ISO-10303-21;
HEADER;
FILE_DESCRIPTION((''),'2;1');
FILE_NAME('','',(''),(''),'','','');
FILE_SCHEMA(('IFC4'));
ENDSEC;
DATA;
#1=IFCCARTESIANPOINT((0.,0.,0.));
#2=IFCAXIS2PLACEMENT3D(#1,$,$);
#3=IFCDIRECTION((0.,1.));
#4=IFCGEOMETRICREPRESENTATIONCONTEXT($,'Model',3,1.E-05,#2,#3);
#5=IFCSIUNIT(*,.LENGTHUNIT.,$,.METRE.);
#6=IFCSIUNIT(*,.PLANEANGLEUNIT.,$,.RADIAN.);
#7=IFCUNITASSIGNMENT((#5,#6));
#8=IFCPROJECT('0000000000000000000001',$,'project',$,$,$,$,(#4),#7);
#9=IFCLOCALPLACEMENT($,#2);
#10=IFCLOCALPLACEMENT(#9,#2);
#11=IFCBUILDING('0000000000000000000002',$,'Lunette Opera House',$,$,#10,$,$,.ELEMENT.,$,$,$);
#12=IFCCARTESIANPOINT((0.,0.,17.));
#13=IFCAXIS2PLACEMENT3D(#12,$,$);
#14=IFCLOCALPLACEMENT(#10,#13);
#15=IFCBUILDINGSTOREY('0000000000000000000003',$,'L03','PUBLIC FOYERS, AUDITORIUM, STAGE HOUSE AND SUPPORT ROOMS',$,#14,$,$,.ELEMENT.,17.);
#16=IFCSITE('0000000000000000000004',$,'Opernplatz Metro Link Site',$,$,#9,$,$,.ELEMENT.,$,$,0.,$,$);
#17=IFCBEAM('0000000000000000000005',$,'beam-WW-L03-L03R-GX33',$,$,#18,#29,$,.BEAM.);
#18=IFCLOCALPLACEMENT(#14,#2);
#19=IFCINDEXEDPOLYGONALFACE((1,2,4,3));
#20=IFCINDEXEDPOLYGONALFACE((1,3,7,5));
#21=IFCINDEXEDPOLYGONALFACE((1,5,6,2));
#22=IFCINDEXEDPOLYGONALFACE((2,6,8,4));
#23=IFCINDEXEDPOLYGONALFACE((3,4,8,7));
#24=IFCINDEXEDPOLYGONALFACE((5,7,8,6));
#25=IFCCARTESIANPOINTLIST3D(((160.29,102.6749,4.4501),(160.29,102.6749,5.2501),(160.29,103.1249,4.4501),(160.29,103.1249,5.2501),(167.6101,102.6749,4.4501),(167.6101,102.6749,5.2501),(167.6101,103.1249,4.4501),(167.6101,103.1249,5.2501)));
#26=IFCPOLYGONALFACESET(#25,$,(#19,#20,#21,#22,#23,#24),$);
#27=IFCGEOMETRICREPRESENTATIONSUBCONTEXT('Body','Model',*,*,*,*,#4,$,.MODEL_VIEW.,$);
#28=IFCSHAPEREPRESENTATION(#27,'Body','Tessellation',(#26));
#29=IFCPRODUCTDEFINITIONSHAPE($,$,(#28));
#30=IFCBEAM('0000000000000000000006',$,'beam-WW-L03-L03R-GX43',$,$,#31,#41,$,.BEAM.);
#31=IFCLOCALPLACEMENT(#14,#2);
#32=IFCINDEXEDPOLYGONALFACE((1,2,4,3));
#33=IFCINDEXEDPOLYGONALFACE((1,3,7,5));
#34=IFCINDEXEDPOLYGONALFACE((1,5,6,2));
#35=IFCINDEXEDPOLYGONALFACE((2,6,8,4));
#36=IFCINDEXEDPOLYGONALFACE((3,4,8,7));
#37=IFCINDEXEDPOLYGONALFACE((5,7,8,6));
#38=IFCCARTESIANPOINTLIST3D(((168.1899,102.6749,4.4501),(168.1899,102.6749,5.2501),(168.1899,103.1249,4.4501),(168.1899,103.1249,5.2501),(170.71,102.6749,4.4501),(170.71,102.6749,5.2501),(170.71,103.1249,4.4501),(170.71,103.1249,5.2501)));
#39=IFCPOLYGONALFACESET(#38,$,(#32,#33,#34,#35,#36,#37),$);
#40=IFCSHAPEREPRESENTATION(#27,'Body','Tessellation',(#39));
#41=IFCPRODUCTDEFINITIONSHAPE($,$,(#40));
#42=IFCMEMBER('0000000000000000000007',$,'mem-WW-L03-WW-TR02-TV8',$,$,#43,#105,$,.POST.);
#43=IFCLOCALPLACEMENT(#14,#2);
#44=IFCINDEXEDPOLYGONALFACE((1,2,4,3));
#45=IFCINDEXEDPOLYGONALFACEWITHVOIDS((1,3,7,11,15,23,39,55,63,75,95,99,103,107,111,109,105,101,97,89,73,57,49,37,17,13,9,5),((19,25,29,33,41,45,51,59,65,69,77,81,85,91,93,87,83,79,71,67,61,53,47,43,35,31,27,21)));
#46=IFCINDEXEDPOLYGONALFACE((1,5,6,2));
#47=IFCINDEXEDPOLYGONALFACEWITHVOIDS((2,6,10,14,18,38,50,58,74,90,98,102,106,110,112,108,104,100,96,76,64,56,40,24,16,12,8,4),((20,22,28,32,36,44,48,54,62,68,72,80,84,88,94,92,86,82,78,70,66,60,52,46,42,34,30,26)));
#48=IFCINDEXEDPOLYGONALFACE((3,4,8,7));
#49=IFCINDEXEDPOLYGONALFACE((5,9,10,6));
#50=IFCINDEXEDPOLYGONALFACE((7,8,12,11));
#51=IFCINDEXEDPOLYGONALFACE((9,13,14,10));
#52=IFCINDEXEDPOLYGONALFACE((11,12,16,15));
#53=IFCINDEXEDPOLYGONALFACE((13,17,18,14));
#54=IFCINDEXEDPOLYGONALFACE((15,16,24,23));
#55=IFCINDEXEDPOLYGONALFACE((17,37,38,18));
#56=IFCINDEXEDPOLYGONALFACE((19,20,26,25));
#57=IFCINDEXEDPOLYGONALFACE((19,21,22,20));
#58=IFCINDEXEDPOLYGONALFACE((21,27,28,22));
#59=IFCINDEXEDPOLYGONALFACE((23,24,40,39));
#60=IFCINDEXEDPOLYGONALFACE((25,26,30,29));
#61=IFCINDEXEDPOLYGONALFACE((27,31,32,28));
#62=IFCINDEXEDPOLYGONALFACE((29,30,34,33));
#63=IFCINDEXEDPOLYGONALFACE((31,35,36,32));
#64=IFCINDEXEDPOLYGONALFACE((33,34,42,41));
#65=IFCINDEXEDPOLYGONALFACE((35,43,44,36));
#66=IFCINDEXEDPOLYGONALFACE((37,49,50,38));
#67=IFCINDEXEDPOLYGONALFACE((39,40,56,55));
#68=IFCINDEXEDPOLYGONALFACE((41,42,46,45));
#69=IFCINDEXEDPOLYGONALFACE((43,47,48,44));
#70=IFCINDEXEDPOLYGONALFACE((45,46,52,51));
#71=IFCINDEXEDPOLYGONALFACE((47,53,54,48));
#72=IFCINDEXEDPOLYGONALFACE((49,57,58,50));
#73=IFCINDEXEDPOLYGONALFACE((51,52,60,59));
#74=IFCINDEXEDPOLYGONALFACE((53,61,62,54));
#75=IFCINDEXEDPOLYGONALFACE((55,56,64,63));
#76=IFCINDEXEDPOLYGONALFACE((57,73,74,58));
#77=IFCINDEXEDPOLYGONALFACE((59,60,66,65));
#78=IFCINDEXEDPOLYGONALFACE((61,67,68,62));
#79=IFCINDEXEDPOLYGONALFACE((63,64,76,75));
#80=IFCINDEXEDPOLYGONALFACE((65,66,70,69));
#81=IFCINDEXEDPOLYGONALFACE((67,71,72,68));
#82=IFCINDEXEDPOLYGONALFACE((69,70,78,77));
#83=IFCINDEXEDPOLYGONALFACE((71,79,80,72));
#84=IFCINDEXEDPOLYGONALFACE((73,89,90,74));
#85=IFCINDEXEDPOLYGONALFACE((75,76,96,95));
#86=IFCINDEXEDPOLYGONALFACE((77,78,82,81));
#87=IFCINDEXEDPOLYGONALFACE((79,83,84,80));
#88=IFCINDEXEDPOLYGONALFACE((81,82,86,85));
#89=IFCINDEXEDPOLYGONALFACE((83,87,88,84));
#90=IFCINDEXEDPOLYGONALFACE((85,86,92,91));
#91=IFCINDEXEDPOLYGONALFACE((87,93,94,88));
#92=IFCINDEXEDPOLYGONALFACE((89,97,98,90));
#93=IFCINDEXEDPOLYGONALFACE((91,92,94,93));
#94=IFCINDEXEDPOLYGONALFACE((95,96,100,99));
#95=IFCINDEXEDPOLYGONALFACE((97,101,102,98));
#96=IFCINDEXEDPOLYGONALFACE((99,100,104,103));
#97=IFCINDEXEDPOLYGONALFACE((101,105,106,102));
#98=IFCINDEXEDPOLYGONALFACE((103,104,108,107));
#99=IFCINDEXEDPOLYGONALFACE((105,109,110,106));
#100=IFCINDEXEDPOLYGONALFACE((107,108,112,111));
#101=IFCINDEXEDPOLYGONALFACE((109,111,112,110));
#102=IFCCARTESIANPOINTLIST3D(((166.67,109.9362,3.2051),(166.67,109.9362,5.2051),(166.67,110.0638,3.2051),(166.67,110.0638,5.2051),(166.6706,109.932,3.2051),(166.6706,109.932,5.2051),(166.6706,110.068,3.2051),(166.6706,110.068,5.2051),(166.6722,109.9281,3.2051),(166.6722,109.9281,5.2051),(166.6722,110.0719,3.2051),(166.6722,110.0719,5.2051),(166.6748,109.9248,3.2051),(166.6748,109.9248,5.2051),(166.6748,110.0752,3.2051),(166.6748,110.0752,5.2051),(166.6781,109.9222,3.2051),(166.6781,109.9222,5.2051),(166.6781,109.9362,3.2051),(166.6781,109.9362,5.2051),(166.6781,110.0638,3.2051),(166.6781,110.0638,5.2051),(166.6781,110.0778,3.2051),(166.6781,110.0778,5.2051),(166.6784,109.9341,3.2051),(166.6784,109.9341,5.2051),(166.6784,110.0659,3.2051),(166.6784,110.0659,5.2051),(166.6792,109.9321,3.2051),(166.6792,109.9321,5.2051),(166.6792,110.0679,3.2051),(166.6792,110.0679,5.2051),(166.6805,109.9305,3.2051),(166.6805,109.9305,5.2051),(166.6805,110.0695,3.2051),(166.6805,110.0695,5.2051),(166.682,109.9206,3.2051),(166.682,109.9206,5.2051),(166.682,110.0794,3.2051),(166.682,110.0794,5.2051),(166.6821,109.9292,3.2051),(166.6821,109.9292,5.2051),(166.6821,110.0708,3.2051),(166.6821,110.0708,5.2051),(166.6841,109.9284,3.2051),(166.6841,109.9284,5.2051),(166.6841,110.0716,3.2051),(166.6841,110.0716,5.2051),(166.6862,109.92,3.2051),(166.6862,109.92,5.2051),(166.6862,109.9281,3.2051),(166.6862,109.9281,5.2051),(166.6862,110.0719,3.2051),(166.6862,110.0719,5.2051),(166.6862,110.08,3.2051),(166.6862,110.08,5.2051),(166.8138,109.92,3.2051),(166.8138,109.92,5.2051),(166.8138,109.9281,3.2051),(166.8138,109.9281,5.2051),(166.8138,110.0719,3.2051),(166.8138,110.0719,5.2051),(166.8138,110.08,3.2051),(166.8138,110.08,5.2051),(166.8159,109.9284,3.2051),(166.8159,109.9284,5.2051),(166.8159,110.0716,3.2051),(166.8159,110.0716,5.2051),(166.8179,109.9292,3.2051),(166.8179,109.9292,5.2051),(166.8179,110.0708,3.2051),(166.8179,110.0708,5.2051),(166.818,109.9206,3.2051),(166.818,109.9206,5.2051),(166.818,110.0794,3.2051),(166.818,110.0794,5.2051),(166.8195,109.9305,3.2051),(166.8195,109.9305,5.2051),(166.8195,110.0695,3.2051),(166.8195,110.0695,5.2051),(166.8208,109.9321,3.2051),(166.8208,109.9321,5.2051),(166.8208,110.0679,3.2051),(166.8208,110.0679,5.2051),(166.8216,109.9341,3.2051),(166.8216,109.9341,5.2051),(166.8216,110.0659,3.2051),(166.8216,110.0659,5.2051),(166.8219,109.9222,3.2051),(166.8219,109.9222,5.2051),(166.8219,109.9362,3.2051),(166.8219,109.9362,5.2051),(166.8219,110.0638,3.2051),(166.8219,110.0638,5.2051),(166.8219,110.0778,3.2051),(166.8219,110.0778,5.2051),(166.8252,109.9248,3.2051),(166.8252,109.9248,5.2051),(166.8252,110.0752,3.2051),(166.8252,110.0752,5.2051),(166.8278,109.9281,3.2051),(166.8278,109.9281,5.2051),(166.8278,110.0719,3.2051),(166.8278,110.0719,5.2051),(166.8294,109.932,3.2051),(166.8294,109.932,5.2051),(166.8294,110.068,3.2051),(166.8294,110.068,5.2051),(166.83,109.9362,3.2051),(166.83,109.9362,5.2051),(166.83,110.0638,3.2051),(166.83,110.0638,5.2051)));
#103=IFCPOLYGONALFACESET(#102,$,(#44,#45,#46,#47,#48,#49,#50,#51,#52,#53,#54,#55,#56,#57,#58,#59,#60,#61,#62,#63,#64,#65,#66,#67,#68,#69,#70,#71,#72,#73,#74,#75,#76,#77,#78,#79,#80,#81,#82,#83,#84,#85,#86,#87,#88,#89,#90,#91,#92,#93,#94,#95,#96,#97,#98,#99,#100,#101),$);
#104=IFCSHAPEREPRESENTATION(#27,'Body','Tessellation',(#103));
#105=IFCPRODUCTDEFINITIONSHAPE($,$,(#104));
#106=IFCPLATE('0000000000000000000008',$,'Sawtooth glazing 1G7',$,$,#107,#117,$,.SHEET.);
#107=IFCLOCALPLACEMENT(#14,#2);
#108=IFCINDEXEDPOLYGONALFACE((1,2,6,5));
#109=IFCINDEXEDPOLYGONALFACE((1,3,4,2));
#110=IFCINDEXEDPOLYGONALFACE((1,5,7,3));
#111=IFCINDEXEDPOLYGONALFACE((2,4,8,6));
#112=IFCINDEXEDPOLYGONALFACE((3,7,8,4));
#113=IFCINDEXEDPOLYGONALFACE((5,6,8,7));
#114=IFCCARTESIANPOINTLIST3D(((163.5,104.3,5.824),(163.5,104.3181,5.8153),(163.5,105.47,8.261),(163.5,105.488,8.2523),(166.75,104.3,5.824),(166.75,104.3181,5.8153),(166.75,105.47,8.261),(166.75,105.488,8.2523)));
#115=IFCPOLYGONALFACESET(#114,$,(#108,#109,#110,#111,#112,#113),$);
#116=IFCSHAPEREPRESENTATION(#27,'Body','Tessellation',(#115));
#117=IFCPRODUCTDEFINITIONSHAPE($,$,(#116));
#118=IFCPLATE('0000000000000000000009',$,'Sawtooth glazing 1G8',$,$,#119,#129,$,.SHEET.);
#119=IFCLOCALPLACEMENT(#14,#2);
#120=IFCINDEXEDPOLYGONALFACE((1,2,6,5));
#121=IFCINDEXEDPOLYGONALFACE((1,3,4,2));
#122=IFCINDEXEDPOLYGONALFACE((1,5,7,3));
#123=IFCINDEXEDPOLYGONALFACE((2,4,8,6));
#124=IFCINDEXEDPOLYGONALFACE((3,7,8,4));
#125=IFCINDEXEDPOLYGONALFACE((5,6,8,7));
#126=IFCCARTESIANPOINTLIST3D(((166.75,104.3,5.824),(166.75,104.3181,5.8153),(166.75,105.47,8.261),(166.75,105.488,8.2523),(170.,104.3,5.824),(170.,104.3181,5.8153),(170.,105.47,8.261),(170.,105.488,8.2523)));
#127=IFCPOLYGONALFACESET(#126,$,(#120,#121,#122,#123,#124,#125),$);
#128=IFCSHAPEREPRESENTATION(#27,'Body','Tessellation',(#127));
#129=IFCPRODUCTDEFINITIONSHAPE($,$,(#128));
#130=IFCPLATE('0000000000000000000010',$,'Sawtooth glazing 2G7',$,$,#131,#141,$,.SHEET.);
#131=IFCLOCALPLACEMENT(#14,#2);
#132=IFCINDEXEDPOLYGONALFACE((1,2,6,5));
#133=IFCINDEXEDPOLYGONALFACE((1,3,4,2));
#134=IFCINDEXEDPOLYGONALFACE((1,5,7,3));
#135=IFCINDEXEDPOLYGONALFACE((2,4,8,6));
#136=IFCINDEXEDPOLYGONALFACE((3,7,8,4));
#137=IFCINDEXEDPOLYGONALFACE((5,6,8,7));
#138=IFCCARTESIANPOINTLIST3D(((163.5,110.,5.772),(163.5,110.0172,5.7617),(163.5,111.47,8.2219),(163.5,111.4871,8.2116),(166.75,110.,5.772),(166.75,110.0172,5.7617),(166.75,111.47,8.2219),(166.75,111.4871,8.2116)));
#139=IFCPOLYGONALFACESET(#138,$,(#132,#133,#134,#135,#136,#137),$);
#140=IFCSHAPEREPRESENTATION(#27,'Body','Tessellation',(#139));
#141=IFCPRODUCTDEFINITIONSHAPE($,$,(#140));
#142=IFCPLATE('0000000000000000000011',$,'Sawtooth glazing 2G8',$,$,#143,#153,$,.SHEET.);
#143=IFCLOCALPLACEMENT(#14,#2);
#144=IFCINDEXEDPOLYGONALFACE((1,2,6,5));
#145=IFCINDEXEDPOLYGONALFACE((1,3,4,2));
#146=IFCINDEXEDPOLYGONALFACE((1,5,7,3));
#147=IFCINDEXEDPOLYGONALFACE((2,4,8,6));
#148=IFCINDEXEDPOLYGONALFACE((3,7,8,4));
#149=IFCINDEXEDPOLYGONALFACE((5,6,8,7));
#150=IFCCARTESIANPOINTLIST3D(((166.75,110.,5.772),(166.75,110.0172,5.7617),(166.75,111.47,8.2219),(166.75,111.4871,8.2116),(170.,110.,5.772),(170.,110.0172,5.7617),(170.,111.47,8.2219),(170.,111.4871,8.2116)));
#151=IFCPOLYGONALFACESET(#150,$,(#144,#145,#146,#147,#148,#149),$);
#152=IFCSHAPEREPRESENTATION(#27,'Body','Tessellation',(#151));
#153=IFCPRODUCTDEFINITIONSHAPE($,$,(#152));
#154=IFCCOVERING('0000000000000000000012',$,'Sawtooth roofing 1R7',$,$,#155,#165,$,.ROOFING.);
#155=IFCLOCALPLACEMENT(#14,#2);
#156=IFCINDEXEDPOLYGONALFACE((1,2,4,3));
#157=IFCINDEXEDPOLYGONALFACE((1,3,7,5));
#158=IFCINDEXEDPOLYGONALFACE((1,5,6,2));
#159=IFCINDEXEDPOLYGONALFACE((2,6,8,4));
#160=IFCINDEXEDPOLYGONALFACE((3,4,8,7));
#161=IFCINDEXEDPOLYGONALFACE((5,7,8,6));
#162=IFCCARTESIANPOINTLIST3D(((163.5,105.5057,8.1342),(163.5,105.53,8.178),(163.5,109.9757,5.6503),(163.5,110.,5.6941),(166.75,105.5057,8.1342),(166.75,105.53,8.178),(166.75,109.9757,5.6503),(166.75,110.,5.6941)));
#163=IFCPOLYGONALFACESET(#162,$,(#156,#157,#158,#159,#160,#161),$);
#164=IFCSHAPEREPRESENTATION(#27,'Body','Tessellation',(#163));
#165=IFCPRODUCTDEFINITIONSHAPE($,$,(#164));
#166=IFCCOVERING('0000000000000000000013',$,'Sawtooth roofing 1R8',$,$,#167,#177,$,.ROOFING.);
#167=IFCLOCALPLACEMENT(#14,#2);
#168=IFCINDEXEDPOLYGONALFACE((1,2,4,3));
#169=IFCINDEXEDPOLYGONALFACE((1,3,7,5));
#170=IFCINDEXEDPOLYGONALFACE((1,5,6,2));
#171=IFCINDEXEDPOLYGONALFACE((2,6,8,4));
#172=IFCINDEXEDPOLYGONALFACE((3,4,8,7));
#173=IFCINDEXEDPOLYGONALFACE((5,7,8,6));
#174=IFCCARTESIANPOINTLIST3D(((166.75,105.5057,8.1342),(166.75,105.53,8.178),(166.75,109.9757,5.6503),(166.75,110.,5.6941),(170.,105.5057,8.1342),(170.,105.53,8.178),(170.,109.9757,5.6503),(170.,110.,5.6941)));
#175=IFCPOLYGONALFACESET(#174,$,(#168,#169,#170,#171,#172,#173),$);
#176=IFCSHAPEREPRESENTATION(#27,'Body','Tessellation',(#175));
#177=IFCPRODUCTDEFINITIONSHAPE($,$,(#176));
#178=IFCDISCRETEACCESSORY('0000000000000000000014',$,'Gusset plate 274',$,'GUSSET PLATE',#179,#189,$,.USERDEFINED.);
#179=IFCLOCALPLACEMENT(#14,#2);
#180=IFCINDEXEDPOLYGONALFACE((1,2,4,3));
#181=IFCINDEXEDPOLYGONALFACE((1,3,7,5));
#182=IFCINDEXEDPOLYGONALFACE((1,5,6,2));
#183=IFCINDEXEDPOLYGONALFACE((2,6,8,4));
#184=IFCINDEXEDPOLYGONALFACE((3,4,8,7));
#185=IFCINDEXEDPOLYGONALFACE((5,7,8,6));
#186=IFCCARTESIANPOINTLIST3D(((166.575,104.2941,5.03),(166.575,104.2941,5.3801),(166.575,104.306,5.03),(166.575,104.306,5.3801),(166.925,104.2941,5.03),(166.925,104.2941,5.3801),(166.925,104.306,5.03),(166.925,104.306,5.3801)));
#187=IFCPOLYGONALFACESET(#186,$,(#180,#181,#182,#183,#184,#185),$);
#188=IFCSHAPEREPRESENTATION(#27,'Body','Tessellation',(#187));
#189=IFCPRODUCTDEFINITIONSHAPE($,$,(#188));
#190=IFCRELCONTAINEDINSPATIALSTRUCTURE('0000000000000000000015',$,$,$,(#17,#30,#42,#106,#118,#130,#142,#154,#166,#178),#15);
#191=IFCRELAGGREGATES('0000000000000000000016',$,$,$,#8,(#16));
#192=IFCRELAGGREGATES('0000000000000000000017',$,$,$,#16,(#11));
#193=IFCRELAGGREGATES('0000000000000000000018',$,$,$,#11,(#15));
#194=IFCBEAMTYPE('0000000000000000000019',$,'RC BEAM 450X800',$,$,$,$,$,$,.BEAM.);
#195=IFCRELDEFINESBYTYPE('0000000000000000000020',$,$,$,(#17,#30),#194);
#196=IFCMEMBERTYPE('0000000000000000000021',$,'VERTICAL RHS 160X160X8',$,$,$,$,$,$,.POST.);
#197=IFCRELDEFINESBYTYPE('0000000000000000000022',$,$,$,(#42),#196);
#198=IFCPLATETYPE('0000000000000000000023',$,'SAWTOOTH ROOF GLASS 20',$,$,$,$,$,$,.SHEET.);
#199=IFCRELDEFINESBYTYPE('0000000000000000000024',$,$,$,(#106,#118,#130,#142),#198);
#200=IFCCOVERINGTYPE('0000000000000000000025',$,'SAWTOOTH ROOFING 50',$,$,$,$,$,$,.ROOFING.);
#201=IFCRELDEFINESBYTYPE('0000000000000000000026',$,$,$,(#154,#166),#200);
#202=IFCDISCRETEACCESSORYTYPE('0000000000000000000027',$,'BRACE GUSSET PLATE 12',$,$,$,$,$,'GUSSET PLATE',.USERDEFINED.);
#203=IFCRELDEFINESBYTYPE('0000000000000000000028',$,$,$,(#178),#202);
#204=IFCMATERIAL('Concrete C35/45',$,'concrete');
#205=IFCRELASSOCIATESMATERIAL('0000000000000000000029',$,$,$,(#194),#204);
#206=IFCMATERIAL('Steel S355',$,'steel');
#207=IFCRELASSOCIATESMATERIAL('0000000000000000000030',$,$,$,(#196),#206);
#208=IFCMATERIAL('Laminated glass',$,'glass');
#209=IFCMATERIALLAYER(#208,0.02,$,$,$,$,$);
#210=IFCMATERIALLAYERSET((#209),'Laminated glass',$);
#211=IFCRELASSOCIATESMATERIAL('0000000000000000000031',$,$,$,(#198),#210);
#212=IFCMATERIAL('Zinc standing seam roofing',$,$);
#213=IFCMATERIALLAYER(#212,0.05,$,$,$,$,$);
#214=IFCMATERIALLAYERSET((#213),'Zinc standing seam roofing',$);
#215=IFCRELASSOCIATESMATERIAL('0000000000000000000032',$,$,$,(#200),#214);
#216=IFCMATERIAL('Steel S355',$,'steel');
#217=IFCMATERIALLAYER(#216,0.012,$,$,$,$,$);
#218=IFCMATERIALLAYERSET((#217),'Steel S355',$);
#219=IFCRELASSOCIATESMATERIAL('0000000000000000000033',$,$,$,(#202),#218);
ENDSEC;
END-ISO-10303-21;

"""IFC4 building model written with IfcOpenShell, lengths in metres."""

from ifc_helpers import new_model, si_unit, direction, frame, origin, origin_2d, place, context, subcontext, project, spatial, polyline, rectangle, hollow_rectangle, outline, extrude, material, layer, layer_set, material_profile, profile_set, type_object, element, save


model = new_model("IFC4")

# Units and contexts
model_context = context("Model", 3, precision=1e-05, world=origin(), true_north=direction((0.0, 1.0)))
body_context = subcontext(model_context, "Body", "Model", "MODEL_VIEW")
ifc_project = project(units=[si_unit("LENGTHUNIT", "METRE"), si_unit("PLANEANGLEUNIT", "RADIAN")], contexts=[model_context])

# Site, building, storey
site_placement = place(None, origin())
site = spatial("IfcSite", under=ifc_project, at=site_placement, Name="Opernplatz Metro Link Site", CompositionType="ELEMENT", RefElevation=0.0)
building_placement = place(site_placement, origin())
building = spatial("IfcBuilding", under=site, at=building_placement, Name="Lunette Opera House", CompositionType="ELEMENT")
storey_placement = place(building_placement, frame((0.0, 0.0, 17.0)))
storey = spatial("IfcBuildingStorey", under=building, at=storey_placement, Name="L03", Description="PUBLIC FOYERS, AUDITORIUM, STAGE HOUSE AND SUPPORT ROOMS", CompositionType="ELEMENT", Elevation=17.0)

# Beams
ifc_material_1 = material(Name="Concrete C35/45", Category="concrete")
ifc_material_profile_1 = material_profile(ifc_material_1, rectangle(XDim=0.45, YDim=0.8, at=origin_2d()), Name="RC BEAM 450X800")
ifc_profile_set_1 = profile_set([ifc_material_profile_1], Name="Concrete C35/45")
beam_type = type_object("IfcBeamType", Name="RC BEAM 450X800", PredefinedType="BEAM", material=ifc_profile_set_1)
beam_1_placement = place(storey_placement, frame((160.29, 102.8999, 4.8501), z_axis=(1.0, 0.0, 0.0), x_axis=(0.0, 1.0, 0.0)))
element("IfcBeam", 1, at=beam_1_placement, inside=storey, type_object=beam_type, Name="beam-WW-L03-L03R-GX33", PredefinedType="BEAM", context=body_context, shape_type="SweptSolid", body=[
    extrude(rectangle(XDim=0.45, YDim=0.8, at=origin_2d()), origin(), (0.0, 0.0, 1.0), 7.3201),
])
beam_2_placement = place(storey_placement, frame((168.1899, 102.8999, 4.8501), z_axis=(1.0, 0.0, 0.0), x_axis=(0.0, 1.0, 0.0)))
element("IfcBeam", 2, at=beam_2_placement, inside=storey, type_object=beam_type, Name="beam-WW-L03-L03R-GX43", PredefinedType="BEAM", context=body_context, shape_type="SweptSolid", body=[
    extrude(rectangle(XDim=0.45, YDim=0.8, at=origin_2d()), origin(), (0.0, 0.0, 1.0), 2.52),
])

# Member
ifc_material_2 = material(Name="Steel S355", Category="steel")
ifc_material_profile_2 = material_profile(ifc_material_2, hollow_rectangle(XDim=0.1599, YDim=0.1599, WallThickness=0.0081, InnerFilletRadius=0.0081, OuterFilletRadius=0.0161, at=origin_2d()), Name="RHS 160X160X8")
ifc_profile_set_2 = profile_set([ifc_material_profile_2], Name="Steel S355")
member_type_1 = type_object("IfcMemberType", Name="VERTICAL RHS 160X160X8", PredefinedType="POST", material=ifc_profile_set_2)
member_1_placement = place(storey_placement, frame((166.75, 110.0, 3.2051), z_axis=(0.0, 0.0, 1.0), x_axis=(1.0, 0.0, 0.0)))
element("IfcMember", 3, at=member_1_placement, inside=storey, type_object=member_type_1, Name="mem-WW-L03-WW-TR02-TV8", PredefinedType="POST", context=body_context, shape_type="SweptSolid", body=[
    extrude(hollow_rectangle(XDim=0.1599, YDim=0.1599, WallThickness=0.0081, InnerFilletRadius=0.0081, OuterFilletRadius=0.0161, at=origin_2d()), origin(), (0.0, 0.0, 1.0), 2.0),
])

# Plates
ifc_material_3 = material(Name="Laminated glass", Category="glass")
ifc_layer_1 = layer(ifc_material_3, 0.02)
ifc_layer_set_1 = layer_set([ifc_layer_1], Name="Laminated glass")
plate_type = type_object("IfcPlateType", Name="SAWTOOTH ROOF GLASS 20", PredefinedType="SHEET", material=ifc_layer_set_1)
for number, where, z_axis, x_axis, name in (
    (4, (163.5, 104.3, 5.824), (0.0, -0.901501, 0.432778), (1.0, 0.0, 0.0), "Sawtooth glazing 1G7"),
    (5, (166.75, 104.3, 5.824), (0.0, -0.901501, 0.432778), (1.0, 0.0, 0.0), "Sawtooth glazing 1G8"),
):
    element("IfcPlate", number, at=place(storey_placement, frame(where, z_axis=z_axis, x_axis=x_axis)), inside=storey, type_object=plate_type, Name=name, PredefinedType="SHEET", context=body_context, shape_type="SweptSolid", body=[
        extrude(outline(polyline([(0.0, 0.0), (3.25, 0.0), (3.25, 2.7033), (0.0, 2.7033), (0.0, 0.0)])), origin(), (0.0, 0.0, -1.0), 0.02),
    ])
for number, where, z_axis, x_axis, name in (
    (6, (163.5, 110.0, 5.772), (0.0, -0.857493, 0.514496), (1.0, 0.0, 0.0), "Sawtooth glazing 2G7"),
    (7, (166.75, 110.0, 5.772), (0.0, -0.857493, 0.514496), (1.0, 0.0, 0.0), "Sawtooth glazing 2G8"),
):
    element("IfcPlate", number, at=place(storey_placement, frame(where, z_axis=z_axis, x_axis=x_axis)), inside=storey, type_object=plate_type, Name=name, PredefinedType="SHEET", context=body_context, shape_type="SweptSolid", body=[
        extrude(outline(polyline([(0.0, 0.0), (3.25, 0.0), (3.25, 2.8571), (0.0, 2.8571), (0.0, 0.0)])), origin(), (0.0, 0.0, -1.0), 0.02),
    ])

# Coverings
ifc_material_4 = material(Name="Zinc standing seam roofing")
ifc_layer_2 = layer(ifc_material_4, 0.05)
ifc_layer_set_2 = layer_set([ifc_layer_2], Name="Zinc standing seam roofing")
covering_type = type_object("IfcCoveringType", Name="SAWTOOTH ROOFING 50", PredefinedType="ROOFING", material=ifc_layer_set_2)
for number, where, z_axis, x_axis, name in (
    (8, (163.5, 105.53, 8.178), (0.0, 0.485728, 0.87411), (1.0, 0.0, 0.0), "Sawtooth roofing 1R7"),
    (9, (166.75, 105.53, 8.178), (0.0, 0.485728, 0.87411), (1.0, 0.0, 0.0), "Sawtooth roofing 1R8"),
):
    element("IfcCovering", number, at=place(storey_placement, frame(where, z_axis=z_axis, x_axis=x_axis)), inside=storey, type_object=covering_type, Name=name, PredefinedType="ROOFING", context=body_context, shape_type="SweptSolid", body=[
        extrude(outline(polyline([(0.0, 0.0), (3.25, 0.0), (3.25, 5.1137), (0.0, 5.1137), (0.0, 0.0)])), origin(), (0.0, 0.0, -1.0), 0.05),
    ])

# Discrete accessory
ifc_material_5 = material(Name="Steel S355", Category="steel")
ifc_layer_3 = layer(ifc_material_5, 0.012)
ifc_layer_set_3 = layer_set([ifc_layer_3], Name="Steel S355")
discrete_accessory_type = type_object("IfcDiscreteAccessoryType", Name="BRACE GUSSET PLATE 12", ElementType="GUSSET PLATE", PredefinedType="USERDEFINED", material=ifc_layer_set_3)
for number, where, z_axis, x_axis, name in (
    (10, (166.75, 104.3, 5.03), (0.0, 0.0, 1.0), (1.0, 0.0, 0.0), "Gusset plate 274"),
):
    element("IfcDiscreteAccessory", number, at=place(storey_placement, frame(where, z_axis=z_axis, x_axis=x_axis)), inside=storey, type_object=discrete_accessory_type, Name=name, ObjectType="GUSSET PLATE", PredefinedType="USERDEFINED", context=body_context, shape_type="SweptSolid", body=[
        extrude(rectangle(XDim=0.3501, YDim=0.012, at=origin_2d()), origin(), (0.0, 0.0, 1.0), 0.3501),
    ])

save(model, "model.ifc")
